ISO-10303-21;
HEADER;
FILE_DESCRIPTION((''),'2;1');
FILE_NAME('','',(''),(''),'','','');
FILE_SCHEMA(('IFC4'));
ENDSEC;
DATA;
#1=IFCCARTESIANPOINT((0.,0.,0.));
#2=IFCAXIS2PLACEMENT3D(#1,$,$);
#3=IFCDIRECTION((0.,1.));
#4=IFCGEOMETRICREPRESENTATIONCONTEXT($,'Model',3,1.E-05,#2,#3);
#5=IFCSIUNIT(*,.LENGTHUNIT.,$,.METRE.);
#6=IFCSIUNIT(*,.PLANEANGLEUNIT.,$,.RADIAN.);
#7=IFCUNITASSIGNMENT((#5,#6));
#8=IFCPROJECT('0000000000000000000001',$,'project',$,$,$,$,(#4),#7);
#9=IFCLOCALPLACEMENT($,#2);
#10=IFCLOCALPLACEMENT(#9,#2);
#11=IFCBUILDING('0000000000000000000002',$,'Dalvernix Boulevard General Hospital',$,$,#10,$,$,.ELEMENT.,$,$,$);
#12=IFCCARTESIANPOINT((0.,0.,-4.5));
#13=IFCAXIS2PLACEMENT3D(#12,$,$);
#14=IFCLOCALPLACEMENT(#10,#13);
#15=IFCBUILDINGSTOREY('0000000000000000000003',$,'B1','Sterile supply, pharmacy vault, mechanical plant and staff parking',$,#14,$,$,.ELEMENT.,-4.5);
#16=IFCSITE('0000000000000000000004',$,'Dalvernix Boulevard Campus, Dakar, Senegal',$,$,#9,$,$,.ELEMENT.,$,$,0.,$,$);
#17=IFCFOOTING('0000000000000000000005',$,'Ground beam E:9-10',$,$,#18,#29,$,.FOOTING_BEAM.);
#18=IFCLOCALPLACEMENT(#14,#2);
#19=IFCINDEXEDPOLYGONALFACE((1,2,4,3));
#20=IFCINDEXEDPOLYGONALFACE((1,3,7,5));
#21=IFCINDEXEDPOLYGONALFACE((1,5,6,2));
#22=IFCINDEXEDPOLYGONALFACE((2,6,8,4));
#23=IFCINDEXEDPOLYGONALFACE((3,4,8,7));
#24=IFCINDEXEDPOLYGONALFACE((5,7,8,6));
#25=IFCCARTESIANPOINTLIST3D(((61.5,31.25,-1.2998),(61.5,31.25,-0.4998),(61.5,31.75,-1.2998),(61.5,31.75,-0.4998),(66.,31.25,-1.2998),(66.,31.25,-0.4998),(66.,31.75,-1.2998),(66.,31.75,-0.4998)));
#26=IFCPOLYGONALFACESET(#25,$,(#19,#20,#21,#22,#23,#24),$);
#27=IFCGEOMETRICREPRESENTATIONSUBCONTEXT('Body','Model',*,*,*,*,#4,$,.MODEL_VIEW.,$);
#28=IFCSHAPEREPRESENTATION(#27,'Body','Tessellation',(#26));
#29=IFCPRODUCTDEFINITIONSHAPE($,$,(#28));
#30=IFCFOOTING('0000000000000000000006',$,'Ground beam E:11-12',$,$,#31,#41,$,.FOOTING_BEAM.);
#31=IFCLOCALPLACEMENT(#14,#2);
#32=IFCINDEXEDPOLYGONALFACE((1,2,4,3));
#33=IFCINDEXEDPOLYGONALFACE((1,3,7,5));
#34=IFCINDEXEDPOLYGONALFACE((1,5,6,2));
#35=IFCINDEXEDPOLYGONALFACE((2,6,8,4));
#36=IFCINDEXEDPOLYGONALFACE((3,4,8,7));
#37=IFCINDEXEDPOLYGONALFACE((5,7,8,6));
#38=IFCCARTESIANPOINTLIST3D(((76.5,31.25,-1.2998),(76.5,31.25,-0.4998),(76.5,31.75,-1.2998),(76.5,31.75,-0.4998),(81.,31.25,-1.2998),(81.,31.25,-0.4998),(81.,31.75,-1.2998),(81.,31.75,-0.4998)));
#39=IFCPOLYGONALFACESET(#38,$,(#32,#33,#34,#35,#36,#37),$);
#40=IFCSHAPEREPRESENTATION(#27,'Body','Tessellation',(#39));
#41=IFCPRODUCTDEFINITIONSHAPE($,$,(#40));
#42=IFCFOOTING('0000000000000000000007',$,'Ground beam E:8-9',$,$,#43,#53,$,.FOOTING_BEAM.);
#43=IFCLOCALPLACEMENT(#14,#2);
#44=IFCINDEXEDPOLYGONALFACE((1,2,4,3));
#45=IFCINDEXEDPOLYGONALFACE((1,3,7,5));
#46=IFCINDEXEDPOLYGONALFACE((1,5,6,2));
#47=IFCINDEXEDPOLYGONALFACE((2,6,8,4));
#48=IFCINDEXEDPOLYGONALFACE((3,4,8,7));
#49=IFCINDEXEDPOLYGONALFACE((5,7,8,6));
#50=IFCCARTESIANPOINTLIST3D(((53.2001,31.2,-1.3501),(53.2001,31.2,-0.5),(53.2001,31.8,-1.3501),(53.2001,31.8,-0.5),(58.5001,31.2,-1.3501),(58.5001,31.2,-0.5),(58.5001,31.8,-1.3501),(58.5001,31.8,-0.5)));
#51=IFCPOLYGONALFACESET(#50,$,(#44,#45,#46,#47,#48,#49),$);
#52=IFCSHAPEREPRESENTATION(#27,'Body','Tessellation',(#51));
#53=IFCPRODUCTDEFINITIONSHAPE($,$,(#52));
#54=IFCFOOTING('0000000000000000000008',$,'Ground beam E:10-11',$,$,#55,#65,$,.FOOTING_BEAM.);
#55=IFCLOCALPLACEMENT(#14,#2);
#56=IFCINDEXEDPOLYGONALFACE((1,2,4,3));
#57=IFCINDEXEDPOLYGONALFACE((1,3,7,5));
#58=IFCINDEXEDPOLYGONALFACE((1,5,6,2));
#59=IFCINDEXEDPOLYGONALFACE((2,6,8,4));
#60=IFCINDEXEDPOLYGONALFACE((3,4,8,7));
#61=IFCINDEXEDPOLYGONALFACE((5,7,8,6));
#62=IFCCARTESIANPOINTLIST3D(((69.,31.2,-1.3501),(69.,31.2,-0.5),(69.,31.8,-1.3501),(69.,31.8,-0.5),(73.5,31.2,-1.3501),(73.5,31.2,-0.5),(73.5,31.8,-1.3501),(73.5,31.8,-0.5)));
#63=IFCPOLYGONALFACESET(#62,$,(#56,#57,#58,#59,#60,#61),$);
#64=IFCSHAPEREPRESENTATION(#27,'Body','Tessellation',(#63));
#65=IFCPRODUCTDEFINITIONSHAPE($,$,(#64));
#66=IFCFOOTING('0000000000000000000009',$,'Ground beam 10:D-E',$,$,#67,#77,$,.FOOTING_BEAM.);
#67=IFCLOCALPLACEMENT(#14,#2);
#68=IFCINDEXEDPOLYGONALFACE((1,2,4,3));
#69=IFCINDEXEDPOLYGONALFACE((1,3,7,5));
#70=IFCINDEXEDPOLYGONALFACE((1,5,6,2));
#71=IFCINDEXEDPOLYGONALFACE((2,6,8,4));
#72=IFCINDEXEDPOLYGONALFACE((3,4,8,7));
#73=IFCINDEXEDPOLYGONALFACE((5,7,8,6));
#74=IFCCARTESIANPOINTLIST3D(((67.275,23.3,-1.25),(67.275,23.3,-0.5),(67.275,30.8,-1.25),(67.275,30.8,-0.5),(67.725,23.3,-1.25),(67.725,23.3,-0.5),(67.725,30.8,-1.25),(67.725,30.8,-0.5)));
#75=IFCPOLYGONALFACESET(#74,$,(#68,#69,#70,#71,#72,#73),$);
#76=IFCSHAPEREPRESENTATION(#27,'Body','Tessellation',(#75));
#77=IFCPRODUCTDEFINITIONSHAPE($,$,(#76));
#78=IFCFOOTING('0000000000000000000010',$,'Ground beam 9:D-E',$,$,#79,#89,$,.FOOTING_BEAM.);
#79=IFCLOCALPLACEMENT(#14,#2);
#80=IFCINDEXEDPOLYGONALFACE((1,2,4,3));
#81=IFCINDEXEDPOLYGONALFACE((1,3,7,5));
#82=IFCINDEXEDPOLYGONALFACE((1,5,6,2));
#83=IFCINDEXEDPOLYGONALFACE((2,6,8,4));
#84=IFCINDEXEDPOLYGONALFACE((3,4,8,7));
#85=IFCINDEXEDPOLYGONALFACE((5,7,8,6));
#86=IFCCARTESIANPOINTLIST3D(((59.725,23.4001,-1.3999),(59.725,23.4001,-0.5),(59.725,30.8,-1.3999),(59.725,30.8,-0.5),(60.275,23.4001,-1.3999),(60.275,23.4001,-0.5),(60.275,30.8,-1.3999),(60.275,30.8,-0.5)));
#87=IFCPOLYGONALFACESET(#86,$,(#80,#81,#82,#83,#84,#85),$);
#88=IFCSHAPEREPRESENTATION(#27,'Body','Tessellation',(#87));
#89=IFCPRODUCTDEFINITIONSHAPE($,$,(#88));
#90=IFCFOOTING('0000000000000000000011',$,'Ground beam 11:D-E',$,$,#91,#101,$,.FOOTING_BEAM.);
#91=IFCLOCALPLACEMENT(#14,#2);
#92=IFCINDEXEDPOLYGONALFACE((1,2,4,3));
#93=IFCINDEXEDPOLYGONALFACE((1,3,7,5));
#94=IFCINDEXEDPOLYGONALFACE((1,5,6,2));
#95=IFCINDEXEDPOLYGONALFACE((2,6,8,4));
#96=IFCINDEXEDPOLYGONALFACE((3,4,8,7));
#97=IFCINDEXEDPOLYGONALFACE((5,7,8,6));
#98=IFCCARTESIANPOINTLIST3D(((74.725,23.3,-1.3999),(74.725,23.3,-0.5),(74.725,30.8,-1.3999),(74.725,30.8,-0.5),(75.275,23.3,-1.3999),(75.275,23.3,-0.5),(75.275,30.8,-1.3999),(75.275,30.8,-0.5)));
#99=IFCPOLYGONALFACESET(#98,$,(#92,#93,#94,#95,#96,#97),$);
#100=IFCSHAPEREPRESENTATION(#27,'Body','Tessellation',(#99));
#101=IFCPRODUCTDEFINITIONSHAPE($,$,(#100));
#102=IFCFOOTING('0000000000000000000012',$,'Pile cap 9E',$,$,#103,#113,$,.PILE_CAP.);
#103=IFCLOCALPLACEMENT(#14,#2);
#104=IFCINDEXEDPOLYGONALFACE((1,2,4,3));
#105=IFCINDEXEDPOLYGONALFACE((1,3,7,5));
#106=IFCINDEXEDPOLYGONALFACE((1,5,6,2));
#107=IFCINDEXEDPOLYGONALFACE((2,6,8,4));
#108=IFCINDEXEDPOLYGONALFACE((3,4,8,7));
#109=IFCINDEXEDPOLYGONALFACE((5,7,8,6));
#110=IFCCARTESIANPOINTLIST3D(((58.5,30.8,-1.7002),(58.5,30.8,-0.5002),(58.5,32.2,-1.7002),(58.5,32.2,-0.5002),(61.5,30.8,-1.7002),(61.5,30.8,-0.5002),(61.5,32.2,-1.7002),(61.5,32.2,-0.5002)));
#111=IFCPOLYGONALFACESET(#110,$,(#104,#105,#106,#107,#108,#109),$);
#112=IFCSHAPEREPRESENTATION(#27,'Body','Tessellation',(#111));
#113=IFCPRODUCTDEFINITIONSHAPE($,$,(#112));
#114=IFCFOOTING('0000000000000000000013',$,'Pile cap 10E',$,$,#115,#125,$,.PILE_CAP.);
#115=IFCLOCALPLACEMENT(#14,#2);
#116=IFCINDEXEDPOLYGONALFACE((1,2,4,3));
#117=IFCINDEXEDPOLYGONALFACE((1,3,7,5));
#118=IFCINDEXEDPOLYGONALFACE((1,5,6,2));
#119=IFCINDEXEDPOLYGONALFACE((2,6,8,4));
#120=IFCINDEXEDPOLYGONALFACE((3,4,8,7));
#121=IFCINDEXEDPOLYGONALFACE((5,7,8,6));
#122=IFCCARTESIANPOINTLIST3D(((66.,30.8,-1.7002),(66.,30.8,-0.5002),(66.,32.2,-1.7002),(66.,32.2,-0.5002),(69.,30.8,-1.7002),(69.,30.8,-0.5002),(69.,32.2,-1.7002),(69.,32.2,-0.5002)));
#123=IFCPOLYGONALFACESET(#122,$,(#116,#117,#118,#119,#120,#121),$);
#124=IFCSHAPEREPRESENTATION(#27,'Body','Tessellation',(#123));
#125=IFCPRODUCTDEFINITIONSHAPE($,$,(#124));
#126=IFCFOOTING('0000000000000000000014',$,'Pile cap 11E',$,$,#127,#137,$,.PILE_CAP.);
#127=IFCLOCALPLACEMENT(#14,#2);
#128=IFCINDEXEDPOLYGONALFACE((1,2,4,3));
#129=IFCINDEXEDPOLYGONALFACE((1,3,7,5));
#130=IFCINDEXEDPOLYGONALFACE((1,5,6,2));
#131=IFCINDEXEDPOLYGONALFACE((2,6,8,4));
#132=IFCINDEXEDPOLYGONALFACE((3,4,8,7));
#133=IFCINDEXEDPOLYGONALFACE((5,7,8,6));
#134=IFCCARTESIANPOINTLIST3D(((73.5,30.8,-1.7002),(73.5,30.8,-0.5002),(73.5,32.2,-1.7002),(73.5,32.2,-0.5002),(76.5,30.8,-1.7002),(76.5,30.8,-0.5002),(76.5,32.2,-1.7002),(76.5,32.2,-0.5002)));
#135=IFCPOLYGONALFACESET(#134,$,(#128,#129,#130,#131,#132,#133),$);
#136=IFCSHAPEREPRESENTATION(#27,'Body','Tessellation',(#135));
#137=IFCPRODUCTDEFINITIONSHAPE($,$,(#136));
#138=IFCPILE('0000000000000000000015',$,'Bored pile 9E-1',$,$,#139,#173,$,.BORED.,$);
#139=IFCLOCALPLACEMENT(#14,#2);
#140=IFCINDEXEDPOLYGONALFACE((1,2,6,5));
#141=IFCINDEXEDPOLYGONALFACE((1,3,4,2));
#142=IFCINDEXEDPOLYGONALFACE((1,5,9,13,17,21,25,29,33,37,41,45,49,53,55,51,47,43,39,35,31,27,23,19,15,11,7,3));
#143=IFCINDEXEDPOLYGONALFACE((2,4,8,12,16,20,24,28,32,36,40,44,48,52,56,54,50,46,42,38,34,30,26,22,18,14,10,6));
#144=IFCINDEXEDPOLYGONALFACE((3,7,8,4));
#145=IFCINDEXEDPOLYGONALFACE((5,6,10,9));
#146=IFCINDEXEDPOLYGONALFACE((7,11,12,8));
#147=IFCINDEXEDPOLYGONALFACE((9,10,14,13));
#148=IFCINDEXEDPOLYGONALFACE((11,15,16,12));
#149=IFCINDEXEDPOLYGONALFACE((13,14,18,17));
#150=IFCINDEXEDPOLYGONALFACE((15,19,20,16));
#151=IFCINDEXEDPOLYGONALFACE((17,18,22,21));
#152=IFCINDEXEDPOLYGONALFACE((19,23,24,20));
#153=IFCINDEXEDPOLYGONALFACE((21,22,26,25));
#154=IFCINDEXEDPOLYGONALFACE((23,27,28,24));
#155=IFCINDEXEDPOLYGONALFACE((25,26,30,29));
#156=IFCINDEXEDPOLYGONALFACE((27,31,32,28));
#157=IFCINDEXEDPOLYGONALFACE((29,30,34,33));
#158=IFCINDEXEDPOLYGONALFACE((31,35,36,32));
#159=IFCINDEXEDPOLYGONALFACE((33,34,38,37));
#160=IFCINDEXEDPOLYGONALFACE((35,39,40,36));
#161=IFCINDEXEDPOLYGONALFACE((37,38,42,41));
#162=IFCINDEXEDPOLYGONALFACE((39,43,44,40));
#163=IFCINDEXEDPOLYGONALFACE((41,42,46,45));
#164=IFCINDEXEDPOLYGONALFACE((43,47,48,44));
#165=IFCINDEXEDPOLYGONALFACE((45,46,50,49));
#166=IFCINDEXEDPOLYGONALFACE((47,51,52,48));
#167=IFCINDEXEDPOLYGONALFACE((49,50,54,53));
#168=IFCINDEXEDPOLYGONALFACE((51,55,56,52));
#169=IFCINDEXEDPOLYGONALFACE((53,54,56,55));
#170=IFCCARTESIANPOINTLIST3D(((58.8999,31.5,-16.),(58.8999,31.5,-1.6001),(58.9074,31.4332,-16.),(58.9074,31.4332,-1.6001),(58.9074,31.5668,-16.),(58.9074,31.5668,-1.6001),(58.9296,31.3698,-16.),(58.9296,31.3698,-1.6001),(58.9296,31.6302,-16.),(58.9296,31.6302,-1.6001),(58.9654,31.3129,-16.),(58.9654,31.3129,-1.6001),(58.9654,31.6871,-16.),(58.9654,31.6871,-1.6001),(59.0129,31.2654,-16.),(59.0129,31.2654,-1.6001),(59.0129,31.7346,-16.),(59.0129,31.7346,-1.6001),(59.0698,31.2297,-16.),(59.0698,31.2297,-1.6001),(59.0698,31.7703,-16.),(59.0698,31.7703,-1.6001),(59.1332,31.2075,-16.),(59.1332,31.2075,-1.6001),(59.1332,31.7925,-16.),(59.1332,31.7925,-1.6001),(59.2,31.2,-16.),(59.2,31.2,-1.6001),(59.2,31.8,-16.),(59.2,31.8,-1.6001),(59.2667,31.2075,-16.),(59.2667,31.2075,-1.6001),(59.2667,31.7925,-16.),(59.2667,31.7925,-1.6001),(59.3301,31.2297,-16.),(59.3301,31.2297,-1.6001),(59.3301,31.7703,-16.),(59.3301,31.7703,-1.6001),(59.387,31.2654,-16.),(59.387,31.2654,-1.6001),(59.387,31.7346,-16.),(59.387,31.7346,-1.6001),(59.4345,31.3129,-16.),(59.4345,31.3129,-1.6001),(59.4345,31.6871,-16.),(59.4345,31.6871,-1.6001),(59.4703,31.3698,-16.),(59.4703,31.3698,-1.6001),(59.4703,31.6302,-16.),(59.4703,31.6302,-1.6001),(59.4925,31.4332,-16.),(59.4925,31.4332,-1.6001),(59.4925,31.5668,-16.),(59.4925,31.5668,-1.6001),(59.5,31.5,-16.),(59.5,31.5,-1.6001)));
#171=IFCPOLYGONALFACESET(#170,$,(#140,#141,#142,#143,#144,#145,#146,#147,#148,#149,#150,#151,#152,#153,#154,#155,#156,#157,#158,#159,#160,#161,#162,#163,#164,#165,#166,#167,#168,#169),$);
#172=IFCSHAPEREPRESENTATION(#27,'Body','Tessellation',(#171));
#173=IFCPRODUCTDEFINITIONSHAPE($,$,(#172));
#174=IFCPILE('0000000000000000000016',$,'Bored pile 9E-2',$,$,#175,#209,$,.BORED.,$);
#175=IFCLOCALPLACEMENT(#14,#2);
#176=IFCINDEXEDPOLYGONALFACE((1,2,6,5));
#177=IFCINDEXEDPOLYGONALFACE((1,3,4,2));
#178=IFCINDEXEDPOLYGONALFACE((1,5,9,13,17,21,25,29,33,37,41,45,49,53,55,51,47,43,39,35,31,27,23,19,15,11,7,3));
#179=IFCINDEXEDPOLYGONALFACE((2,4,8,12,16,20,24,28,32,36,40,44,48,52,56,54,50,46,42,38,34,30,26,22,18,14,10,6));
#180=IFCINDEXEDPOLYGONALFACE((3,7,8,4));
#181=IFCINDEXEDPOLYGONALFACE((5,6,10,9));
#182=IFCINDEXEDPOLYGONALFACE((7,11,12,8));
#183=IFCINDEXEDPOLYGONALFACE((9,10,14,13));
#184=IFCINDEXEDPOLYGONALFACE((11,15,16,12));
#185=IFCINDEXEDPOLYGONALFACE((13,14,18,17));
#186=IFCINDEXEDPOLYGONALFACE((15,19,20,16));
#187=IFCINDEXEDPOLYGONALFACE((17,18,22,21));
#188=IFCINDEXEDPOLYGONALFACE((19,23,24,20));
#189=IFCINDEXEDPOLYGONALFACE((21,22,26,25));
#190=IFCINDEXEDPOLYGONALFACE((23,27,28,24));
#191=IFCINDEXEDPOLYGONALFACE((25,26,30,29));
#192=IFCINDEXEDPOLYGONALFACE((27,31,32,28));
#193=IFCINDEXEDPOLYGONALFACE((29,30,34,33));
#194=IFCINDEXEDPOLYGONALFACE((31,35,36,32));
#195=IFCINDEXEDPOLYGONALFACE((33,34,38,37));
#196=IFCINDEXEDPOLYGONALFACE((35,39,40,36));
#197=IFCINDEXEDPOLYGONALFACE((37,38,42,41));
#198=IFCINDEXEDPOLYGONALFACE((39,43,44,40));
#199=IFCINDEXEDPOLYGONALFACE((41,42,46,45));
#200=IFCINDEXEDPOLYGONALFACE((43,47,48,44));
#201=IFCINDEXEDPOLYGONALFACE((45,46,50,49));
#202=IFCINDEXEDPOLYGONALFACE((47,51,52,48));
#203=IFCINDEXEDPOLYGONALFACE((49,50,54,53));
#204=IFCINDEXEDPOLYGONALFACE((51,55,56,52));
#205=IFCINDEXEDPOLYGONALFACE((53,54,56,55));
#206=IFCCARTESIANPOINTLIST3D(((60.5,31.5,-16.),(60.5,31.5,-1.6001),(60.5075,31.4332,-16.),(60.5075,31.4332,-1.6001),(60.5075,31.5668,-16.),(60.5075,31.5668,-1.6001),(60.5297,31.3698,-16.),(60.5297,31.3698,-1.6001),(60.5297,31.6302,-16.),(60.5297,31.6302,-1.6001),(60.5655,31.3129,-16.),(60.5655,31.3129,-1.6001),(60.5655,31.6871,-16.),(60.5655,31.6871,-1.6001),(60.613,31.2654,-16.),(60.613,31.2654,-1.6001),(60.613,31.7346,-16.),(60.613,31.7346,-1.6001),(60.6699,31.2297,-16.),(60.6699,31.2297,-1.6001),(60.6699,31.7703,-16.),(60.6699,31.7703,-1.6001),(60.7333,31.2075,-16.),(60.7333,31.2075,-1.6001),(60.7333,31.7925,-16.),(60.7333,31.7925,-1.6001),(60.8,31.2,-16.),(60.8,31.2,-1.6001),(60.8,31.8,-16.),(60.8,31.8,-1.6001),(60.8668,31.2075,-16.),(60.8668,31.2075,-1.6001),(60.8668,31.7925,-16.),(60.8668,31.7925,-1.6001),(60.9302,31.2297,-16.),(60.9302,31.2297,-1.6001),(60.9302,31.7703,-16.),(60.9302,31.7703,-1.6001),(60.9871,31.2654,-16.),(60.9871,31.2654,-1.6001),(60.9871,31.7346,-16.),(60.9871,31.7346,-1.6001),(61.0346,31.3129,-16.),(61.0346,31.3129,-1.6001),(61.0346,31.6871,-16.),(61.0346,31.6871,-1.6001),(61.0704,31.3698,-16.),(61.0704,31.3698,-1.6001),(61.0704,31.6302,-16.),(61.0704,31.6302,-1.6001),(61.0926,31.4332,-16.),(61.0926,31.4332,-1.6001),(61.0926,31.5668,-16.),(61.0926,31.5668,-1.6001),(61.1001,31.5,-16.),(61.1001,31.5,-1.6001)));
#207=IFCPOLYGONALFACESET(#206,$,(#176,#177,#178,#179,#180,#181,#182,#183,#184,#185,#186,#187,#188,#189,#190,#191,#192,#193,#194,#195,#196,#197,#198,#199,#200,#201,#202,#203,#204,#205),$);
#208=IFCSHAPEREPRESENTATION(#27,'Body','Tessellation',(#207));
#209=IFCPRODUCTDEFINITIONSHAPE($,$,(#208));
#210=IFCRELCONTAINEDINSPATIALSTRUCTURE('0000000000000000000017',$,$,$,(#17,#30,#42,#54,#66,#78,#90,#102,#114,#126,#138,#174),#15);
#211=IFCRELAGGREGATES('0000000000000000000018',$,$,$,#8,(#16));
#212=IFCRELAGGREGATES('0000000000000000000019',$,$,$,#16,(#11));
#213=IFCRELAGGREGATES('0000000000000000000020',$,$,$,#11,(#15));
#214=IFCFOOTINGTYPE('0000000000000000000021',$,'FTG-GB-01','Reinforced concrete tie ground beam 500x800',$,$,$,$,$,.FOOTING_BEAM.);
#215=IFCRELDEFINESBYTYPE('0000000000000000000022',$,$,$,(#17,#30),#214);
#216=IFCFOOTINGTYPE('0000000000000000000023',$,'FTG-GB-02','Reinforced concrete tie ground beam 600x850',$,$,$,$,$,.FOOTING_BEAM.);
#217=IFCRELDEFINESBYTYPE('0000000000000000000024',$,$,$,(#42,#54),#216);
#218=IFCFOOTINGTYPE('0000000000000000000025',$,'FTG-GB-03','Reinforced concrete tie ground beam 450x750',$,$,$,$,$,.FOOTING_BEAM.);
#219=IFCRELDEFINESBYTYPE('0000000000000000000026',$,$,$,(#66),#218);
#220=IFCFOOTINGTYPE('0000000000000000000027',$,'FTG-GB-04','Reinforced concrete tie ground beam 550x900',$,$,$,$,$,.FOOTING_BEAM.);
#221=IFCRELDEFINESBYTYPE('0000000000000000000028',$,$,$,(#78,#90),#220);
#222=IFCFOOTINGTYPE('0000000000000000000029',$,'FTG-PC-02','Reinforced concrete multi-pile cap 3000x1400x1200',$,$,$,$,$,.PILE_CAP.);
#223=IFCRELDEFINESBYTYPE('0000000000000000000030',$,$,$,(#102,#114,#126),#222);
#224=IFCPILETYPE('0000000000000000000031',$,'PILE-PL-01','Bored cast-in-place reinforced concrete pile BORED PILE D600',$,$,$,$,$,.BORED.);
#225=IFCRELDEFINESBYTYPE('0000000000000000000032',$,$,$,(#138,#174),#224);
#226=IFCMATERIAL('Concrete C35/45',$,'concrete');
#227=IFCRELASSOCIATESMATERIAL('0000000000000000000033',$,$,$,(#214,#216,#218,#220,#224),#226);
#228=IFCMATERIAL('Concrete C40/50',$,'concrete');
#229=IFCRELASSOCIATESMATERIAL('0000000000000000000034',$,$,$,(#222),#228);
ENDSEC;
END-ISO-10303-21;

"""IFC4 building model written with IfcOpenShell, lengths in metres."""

from ifc_helpers import new_model, si_unit, direction, frame, origin, origin_2d, place, context, subcontext, project, spatial, rectangle, circle, extrude, material, material_profile, profile_set, type_object, element, save


model = new_model("IFC4")

# Units and contexts
model_context = context("Model", 3, precision=1e-05, world=origin(), true_north=direction((0.0, 1.0)))
body_context = subcontext(model_context, "Body", "Model", "MODEL_VIEW")
ifc_project = project(units=[si_unit("LENGTHUNIT", "METRE"), si_unit("PLANEANGLEUNIT", "RADIAN")], contexts=[model_context])

# Site, building, storey
site_placement = place(None, origin())
site = spatial("IfcSite", under=ifc_project, at=site_placement, Name="Dalvernix Boulevard Campus, Dakar, Senegal", CompositionType="ELEMENT", RefElevation=0.0)
building_placement = place(site_placement, origin())
building = spatial("IfcBuilding", under=site, at=building_placement, Name="Dalvernix Boulevard General Hospital", CompositionType="ELEMENT")
storey_placement = place(building_placement, frame((0.0, 0.0, -4.5)))
storey = spatial("IfcBuildingStorey", under=building, at=storey_placement, Name="B1", Description="Sterile supply, pharmacy vault, mechanical plant and staff parking", CompositionType="ELEMENT", Elevation=-4.5)

# Footings
ifc_material_1 = material(Name="Concrete C35/45", Category="concrete")
footing_type_1 = type_object("IfcFootingType", Name="FTG-GB-01", Description="Reinforced concrete tie ground beam 500x800", PredefinedType="FOOTING_BEAM", material=ifc_material_1)
for number, where, z_axis, x_axis, name in (
    (1, (63.75, 31.5, -1.2998), (0.0, 0.0, 1.0), (1.0, 0.0, 0.0), "Ground beam E:9-10"),
    (2, (78.75, 31.5, -1.2998), (0.0, 0.0, 1.0), (1.0, 0.0, 0.0), "Ground beam E:11-12"),
):
    element("IfcFooting", number, at=place(storey_placement, frame(where, z_axis=z_axis, x_axis=x_axis)), inside=storey, type_object=footing_type_1, Name=name, PredefinedType="FOOTING_BEAM", context=body_context, shape_type="SweptSolid", body=[
        extrude(rectangle(XDim=4.5, YDim=0.5, at=origin_2d()), origin(), (0.0, 0.0, 1.0), 0.8),
    ])
footing_type_2 = type_object("IfcFootingType", Name="FTG-GB-02", Description="Reinforced concrete tie ground beam 600x850", PredefinedType="FOOTING_BEAM", material=ifc_material_1)
footing_1_placement = place(storey_placement, frame((55.8501, 31.5, -1.3501), z_axis=(0.0, 0.0, 1.0), x_axis=(1.0, 0.0, 0.0)))
element("IfcFooting", 3, at=footing_1_placement, inside=storey, type_object=footing_type_2, Name="Ground beam E:8-9", PredefinedType="FOOTING_BEAM", context=body_context, shape_type="SweptSolid", body=[
    extrude(rectangle(XDim=5.3, YDim=0.6001, at=origin_2d()), origin(), (0.0, 0.0, 1.0), 0.8501),
])
footing_2_placement = place(storey_placement, frame((71.25, 31.5, -1.3501), z_axis=(0.0, 0.0, 1.0), x_axis=(1.0, 0.0, 0.0)))
element("IfcFooting", 4, at=footing_2_placement, inside=storey, type_object=footing_type_2, Name="Ground beam E:10-11", PredefinedType="FOOTING_BEAM", context=body_context, shape_type="SweptSolid", body=[
    extrude(rectangle(XDim=4.5, YDim=0.6001, at=origin_2d()), origin(), (0.0, 0.0, 1.0), 0.8501),
])
footing_type_3 = type_object("IfcFootingType", Name="FTG-GB-03", Description="Reinforced concrete tie ground beam 450x750", PredefinedType="FOOTING_BEAM", material=ifc_material_1)
footing_3_placement = place(storey_placement, frame((67.5, 27.05, -1.25), z_axis=(0.0, 0.0, 1.0), x_axis=(0.0, 1.0, 0.0)))
element("IfcFooting", 5, at=footing_3_placement, inside=storey, type_object=footing_type_3, Name="Ground beam 10:D-E", PredefinedType="FOOTING_BEAM", context=body_context, shape_type="SweptSolid", body=[
    extrude(rectangle(XDim=7.5, YDim=0.45, at=origin_2d()), origin(), (0.0, 0.0, 1.0), 0.75),
])
footing_type_4 = type_object("IfcFootingType", Name="FTG-GB-04", Description="Reinforced concrete tie ground beam 550x900", PredefinedType="FOOTING_BEAM", material=ifc_material_1)
footing_4_placement = place(storey_placement, frame((60.0, 27.1001, -1.3999), z_axis=(0.0, 0.0, 1.0), x_axis=(0.0, 1.0, 0.0)))
element("IfcFooting", 6, at=footing_4_placement, inside=storey, type_object=footing_type_4, Name="Ground beam 9:D-E", PredefinedType="FOOTING_BEAM", context=body_context, shape_type="SweptSolid", body=[
    extrude(rectangle(XDim=7.3999, YDim=0.55, at=origin_2d()), origin(), (0.0, 0.0, 1.0), 0.8999),
])
footing_5_placement = place(storey_placement, frame((75.0, 27.05, -1.3999), z_axis=(0.0, 0.0, 1.0), x_axis=(0.0, 1.0, 0.0)))
element("IfcFooting", 7, at=footing_5_placement, inside=storey, type_object=footing_type_4, Name="Ground beam 11:D-E", PredefinedType="FOOTING_BEAM", context=body_context, shape_type="SweptSolid", body=[
    extrude(rectangle(XDim=7.5, YDim=0.55, at=origin_2d()), origin(), (0.0, 0.0, 1.0), 0.8999),
])
ifc_material_2 = material(Name="Concrete C40/50", Category="concrete")
footing_type_5 = type_object("IfcFootingType", Name="FTG-PC-02", Description="Reinforced concrete multi-pile cap 3000x1400x1200", PredefinedType="PILE_CAP", material=ifc_material_2)
for number, where, z_axis, x_axis, name in (
    (8, (60.0, 31.5, -1.7002), (0.0, 0.0, 1.0), (1.0, 0.0, 0.0), "Pile cap 9E"),
    (9, (67.5, 31.5, -1.7002), (0.0, 0.0, 1.0), (1.0, 0.0, 0.0), "Pile cap 10E"),
    (10, (75.0, 31.5, -1.7002), (0.0, 0.0, 1.0), (1.0, 0.0, 0.0), "Pile cap 11E"),
):
    element("IfcFooting", number, at=place(storey_placement, frame(where, z_axis=z_axis, x_axis=x_axis)), inside=storey, type_object=footing_type_5, Name=name, PredefinedType="PILE_CAP", context=body_context, shape_type="SweptSolid", body=[
        extrude(rectangle(XDim=3.0, YDim=1.3999, at=origin_2d()), origin(), (0.0, 0.0, 1.0), 1.2),
    ])

# Piles
ifc_material_profile_1 = material_profile(ifc_material_1, circle(Radius=0.3, at=origin_2d()), Name="BORED PILE D600")
ifc_profile_set_1 = profile_set([ifc_material_profile_1], Name="Concrete C35/45")
pile_type_1 = type_object("IfcPileType", Name="PILE-PL-01", Description="Bored cast-in-place reinforced concrete pile BORED PILE D600", PredefinedType="BORED", material=ifc_profile_set_1)
for number, where, z_axis, x_axis, name in (
    (11, (59.2, 31.5, -1.6001), (0.0, 0.0, -1.0), (1.0, 0.0, 0.0), "Bored pile 9E-1"),
    (12, (60.8, 31.5, -1.6001), (0.0, 0.0, -1.0), (1.0, 0.0, 0.0), "Bored pile 9E-2"),
):
    element("IfcPile", number, at=place(storey_placement, frame(where, z_axis=z_axis, x_axis=x_axis)), inside=storey, type_object=pile_type_1, Name=name, PredefinedType="BORED", context=body_context, shape_type="SweptSolid", body=[
        extrude(circle(Radius=0.3, at=origin_2d()), origin(), (0.0, 0.0, 1.0), 14.3999),
    ])

save(model, "model.ifc")
